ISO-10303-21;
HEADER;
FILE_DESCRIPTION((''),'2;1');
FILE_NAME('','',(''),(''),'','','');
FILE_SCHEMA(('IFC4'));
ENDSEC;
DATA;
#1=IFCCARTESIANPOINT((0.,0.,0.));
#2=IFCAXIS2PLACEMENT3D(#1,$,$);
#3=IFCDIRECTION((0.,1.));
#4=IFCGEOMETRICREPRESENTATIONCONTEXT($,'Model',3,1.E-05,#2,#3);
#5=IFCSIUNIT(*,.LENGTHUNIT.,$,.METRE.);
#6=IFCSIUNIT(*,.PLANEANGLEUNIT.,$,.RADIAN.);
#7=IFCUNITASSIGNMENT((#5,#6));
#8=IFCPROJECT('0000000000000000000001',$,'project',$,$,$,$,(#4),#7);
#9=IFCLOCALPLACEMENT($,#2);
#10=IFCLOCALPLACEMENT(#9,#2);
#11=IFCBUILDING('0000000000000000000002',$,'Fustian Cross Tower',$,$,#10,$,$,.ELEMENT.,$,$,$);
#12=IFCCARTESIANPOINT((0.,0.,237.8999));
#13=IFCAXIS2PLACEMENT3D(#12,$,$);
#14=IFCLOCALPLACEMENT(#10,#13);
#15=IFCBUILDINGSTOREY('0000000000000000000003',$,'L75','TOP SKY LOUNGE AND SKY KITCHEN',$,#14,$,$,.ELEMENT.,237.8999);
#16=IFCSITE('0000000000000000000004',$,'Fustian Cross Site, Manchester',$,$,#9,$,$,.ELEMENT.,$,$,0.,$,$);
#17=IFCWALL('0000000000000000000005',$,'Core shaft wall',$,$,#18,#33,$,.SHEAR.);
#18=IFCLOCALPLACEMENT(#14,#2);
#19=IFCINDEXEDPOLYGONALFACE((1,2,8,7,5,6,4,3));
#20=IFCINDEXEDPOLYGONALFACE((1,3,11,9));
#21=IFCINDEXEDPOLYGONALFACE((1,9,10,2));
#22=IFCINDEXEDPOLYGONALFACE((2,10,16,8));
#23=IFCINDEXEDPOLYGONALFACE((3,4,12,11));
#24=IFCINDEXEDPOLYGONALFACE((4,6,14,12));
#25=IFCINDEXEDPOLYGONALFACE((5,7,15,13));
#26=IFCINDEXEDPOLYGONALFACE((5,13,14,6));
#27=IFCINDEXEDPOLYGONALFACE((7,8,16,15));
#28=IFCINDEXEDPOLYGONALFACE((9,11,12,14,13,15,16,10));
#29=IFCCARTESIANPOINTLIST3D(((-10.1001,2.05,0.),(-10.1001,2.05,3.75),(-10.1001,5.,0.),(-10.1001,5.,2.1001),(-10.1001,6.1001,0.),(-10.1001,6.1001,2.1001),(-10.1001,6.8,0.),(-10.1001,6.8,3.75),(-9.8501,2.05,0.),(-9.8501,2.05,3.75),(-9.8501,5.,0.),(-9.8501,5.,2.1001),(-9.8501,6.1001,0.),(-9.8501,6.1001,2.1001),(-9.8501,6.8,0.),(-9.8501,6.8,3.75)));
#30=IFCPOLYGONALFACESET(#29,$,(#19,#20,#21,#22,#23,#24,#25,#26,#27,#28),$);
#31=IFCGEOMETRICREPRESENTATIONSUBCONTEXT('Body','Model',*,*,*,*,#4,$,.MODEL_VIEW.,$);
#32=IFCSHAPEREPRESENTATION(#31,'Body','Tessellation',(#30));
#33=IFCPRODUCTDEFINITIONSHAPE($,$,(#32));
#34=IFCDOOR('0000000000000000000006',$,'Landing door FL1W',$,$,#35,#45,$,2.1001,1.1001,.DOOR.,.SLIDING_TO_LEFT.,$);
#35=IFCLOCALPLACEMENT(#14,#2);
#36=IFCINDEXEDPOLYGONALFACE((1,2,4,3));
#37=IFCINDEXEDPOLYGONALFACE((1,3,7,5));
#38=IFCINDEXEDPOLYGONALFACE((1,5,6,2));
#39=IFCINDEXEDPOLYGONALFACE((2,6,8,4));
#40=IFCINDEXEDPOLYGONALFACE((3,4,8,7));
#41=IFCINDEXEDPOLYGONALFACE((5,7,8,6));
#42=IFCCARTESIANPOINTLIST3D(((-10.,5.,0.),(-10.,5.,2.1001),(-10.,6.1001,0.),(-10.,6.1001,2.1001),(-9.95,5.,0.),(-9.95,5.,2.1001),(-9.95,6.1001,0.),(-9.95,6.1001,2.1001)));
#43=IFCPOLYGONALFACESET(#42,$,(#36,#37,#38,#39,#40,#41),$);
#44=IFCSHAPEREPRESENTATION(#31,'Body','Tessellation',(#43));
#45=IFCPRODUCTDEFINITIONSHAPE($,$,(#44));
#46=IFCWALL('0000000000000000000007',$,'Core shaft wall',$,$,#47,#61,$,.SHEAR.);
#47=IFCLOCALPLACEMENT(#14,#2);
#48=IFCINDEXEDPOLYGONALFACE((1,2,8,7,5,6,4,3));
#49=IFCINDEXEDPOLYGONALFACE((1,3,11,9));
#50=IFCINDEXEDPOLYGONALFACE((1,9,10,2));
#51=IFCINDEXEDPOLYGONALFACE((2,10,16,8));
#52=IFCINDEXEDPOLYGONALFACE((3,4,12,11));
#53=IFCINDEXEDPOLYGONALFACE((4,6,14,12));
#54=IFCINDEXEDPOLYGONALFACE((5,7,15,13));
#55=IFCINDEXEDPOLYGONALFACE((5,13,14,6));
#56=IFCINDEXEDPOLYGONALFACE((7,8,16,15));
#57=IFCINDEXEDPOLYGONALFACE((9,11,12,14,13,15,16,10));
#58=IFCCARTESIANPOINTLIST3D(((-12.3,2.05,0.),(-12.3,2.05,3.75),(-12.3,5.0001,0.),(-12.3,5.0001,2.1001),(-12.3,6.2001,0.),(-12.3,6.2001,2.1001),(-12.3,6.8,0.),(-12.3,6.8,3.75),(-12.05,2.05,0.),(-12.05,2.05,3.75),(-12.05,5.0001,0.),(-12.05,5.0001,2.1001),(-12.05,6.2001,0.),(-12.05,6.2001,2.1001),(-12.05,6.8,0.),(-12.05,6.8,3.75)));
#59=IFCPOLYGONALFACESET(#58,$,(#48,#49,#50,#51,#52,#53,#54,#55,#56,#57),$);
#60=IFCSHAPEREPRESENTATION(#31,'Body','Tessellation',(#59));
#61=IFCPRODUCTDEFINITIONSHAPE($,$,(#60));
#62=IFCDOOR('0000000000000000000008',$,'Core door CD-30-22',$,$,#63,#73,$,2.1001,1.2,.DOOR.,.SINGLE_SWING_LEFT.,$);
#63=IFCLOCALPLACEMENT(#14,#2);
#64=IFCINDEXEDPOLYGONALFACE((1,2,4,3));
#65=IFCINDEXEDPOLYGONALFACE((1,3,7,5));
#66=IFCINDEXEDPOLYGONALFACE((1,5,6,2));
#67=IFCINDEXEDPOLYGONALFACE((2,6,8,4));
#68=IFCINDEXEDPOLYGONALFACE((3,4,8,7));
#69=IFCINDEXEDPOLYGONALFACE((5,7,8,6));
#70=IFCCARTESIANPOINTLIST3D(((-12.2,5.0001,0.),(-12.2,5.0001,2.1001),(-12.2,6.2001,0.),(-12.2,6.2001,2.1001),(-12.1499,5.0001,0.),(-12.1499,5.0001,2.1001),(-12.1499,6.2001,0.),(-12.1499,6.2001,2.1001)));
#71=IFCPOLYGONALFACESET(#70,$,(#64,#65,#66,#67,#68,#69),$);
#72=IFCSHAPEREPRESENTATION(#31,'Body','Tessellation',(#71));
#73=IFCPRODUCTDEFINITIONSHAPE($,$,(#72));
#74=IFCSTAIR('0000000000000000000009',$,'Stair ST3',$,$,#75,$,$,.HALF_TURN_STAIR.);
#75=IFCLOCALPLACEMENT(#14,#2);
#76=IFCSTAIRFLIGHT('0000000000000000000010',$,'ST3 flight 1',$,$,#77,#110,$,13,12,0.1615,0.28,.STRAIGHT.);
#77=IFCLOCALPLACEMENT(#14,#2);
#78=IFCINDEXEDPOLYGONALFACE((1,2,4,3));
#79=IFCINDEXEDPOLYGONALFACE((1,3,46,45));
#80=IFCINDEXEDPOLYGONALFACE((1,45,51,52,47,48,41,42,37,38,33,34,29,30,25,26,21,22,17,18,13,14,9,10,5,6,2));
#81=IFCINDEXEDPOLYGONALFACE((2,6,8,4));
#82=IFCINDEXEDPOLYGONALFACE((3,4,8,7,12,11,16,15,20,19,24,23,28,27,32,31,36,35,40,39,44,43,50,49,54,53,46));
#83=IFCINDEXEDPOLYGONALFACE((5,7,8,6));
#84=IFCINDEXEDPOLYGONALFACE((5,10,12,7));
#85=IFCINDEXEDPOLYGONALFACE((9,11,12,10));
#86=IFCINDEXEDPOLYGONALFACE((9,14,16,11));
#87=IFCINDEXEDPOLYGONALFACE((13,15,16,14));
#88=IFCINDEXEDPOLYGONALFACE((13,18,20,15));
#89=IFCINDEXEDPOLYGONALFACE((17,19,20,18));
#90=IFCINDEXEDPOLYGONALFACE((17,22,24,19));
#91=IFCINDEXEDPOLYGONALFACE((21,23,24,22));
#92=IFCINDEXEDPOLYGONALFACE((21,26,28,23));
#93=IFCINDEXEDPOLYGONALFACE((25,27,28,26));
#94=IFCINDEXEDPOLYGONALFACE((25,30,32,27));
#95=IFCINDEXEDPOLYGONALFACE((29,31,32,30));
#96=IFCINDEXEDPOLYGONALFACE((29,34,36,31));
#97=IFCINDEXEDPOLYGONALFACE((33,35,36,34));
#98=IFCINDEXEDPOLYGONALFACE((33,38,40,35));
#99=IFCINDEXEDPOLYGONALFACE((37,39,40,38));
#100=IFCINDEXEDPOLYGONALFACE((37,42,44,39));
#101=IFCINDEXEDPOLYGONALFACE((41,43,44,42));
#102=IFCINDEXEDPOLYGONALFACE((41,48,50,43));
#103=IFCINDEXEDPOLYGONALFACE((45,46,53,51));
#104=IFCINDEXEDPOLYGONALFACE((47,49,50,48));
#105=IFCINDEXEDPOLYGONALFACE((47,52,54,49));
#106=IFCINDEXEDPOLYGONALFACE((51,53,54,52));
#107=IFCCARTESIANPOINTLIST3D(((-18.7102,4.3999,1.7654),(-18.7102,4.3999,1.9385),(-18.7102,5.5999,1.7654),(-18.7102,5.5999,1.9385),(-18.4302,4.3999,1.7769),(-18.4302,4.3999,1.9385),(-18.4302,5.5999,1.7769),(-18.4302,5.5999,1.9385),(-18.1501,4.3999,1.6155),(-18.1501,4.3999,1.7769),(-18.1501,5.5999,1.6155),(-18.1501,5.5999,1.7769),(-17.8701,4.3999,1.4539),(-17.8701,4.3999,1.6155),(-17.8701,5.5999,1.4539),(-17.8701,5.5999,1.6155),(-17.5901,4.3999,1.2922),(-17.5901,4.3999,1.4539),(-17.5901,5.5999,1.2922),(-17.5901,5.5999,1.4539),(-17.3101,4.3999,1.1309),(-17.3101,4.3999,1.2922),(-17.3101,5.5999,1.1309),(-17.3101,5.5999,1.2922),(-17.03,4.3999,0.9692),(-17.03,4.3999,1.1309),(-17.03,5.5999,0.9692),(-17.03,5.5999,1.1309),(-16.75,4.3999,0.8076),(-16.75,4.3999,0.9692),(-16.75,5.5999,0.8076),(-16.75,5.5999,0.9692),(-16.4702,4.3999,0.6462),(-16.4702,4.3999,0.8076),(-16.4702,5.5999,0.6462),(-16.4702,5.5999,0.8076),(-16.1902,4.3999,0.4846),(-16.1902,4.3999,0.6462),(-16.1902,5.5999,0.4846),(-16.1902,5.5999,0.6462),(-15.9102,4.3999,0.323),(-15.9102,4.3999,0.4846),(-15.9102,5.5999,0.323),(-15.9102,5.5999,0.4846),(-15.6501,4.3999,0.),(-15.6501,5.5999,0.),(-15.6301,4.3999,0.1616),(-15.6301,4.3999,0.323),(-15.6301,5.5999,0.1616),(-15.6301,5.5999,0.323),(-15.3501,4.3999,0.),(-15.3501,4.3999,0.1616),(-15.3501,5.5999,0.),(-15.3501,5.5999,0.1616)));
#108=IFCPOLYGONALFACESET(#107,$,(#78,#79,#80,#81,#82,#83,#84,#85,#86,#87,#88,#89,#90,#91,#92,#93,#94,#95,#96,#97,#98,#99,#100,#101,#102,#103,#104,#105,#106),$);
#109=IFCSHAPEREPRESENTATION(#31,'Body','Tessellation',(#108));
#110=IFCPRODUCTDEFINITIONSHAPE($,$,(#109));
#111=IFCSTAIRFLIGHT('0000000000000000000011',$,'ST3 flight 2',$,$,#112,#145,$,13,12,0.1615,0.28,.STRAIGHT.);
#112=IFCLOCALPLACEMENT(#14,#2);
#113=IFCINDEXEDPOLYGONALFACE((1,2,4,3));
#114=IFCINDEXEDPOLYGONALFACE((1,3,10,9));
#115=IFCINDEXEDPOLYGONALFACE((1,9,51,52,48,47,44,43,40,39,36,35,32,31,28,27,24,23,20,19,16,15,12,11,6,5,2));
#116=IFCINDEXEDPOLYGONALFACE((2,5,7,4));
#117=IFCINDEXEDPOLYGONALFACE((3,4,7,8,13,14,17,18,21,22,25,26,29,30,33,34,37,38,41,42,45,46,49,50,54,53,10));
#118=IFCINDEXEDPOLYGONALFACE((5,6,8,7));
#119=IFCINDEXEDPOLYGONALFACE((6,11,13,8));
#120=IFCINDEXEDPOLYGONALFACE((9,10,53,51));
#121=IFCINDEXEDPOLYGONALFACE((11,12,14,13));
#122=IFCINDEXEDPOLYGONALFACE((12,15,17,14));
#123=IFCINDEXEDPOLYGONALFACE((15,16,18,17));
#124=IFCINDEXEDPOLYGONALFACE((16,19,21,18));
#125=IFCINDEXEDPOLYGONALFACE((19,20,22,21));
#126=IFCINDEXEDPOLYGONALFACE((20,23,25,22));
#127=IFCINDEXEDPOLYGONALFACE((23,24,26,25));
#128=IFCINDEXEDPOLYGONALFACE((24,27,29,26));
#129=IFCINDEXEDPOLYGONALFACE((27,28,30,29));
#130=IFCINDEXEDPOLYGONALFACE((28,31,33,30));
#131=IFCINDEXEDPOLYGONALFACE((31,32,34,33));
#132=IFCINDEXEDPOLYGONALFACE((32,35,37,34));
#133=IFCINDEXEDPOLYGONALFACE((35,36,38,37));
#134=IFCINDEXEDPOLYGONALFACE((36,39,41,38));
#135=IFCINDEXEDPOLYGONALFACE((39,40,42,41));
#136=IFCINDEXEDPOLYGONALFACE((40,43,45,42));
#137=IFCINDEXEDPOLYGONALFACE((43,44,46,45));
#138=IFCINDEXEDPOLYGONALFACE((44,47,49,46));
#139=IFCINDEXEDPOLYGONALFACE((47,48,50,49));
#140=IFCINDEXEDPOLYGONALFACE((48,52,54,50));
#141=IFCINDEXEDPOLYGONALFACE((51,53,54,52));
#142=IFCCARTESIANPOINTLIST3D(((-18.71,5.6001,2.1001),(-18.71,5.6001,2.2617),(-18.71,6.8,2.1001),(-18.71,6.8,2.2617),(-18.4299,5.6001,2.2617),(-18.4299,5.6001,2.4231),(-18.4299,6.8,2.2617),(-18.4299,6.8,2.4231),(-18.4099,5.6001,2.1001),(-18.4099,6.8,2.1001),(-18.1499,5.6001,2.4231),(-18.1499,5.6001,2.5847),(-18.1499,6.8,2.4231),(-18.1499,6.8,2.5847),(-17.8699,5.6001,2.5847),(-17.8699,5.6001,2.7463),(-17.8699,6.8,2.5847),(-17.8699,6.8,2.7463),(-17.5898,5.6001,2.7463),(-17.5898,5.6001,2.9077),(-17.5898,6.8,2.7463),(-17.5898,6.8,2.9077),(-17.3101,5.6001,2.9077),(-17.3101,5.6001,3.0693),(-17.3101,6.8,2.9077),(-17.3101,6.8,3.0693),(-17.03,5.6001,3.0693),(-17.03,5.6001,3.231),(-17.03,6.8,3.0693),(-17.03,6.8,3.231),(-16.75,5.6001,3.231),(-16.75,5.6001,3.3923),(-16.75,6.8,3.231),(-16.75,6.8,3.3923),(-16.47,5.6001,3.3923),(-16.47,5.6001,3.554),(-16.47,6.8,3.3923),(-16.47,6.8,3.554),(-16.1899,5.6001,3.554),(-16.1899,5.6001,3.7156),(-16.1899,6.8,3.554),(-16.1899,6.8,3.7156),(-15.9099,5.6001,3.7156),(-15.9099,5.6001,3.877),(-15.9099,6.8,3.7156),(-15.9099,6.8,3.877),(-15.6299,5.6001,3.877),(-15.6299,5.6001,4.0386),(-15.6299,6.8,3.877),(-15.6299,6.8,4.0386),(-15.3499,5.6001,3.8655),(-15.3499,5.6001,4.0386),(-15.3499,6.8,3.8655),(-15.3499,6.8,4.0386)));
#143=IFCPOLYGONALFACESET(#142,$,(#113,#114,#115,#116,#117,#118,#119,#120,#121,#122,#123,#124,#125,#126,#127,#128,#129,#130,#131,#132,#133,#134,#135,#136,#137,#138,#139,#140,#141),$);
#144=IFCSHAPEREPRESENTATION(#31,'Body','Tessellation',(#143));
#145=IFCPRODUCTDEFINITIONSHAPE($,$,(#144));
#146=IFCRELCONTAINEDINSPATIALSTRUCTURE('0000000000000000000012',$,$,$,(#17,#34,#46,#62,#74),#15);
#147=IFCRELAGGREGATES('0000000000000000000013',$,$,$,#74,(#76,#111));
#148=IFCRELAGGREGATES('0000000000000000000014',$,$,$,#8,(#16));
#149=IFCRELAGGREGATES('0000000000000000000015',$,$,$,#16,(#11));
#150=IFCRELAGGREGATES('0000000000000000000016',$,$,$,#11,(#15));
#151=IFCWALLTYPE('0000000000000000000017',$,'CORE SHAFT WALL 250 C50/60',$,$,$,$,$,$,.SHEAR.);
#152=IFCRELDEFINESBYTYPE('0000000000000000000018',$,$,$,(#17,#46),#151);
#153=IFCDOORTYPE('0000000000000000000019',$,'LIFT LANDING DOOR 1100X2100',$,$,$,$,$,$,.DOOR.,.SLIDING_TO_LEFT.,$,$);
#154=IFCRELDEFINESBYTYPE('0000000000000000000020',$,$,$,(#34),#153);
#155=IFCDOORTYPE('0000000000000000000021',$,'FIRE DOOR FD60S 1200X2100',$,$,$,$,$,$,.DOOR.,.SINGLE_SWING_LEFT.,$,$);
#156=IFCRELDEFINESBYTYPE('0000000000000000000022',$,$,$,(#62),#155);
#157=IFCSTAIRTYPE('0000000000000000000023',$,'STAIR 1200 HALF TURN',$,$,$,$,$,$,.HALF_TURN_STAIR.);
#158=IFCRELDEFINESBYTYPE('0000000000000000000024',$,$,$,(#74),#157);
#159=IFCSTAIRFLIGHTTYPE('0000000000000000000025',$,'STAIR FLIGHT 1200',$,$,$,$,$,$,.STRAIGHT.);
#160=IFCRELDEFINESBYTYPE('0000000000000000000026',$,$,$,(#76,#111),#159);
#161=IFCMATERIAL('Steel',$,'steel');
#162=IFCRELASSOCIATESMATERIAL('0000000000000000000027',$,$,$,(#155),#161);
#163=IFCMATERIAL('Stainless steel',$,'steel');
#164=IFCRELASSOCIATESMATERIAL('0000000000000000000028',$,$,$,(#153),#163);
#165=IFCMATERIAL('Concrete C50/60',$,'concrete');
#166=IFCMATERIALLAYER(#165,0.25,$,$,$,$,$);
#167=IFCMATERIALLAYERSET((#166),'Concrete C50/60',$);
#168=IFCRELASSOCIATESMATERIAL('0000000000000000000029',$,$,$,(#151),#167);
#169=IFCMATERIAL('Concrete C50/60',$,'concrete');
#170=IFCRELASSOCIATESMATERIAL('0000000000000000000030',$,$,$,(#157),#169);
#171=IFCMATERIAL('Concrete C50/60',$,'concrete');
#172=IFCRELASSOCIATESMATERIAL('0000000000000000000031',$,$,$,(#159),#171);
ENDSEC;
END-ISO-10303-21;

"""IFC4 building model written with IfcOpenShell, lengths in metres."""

from ifc_helpers import new_model, si_unit, direction, frame, frame_2d, origin, place, context, subcontext, project, spatial, polyline, rectangle, outline, extrude, material, layer, layer_set, type_object, element, fill, aggregate, save


model = new_model("IFC4")

# Units and contexts
model_context = context("Model", 3, precision=1e-05, world=origin(), true_north=direction((0.0, 1.0)))
body_context = subcontext(model_context, "Body", "Model", "MODEL_VIEW")
ifc_project = project(units=[si_unit("LENGTHUNIT", "METRE"), si_unit("PLANEANGLEUNIT", "RADIAN")], contexts=[model_context])

# Site, building, storey
site_placement = place(None, origin())
site = spatial("IfcSite", under=ifc_project, at=site_placement, Name="Fustian Cross Site, Manchester", CompositionType="ELEMENT", RefElevation=0.0)
building_placement = place(site_placement, origin())
building = spatial("IfcBuilding", under=site, at=building_placement, Name="Fustian Cross Tower", CompositionType="ELEMENT")
storey_placement = place(building_placement, frame((0.0, 0.0, 237.8999)))
storey = spatial("IfcBuildingStorey", under=building, at=storey_placement, Name="L75", Description="TOP SKY LOUNGE AND SKY KITCHEN", CompositionType="ELEMENT", Elevation=237.8999)

# Shared definitions
ifc_material_1 = material(Name="Steel", Category="steel")
door_type_1 = type_object("IfcDoorType", Name="FIRE DOOR FD60S 1200X2100", OperationType="SINGLE_SWING_LEFT", PredefinedType="DOOR", material=ifc_material_1)
ifc_material_2 = material(Name="Stainless steel", Category="steel")
door_type_2 = type_object("IfcDoorType", Name="LIFT LANDING DOOR 1100X2100", OperationType="SLIDING_TO_LEFT", PredefinedType="DOOR", material=ifc_material_2)

# Shared definitions
ifc_material_3 = material(Name="Concrete C50/60", Category="concrete")
ifc_layer_1 = layer(ifc_material_3, 0.25)
ifc_layer_set_1 = layer_set([ifc_layer_1], Name="Concrete C50/60")
wall_type_1 = type_object("IfcWallType", Name="CORE SHAFT WALL 250 C50/60", PredefinedType="SHEAR", material=ifc_layer_set_1)

# Walls, openings, doors
wall_1_placement = place(storey_placement, frame((-9.9751, 2.05, 0.0), z_axis=(0.0, 0.0, 1.0), x_axis=(0.0, 1.0, 0.0)))
wall_1 = element("IfcWall", 1, at=wall_1_placement, inside=storey, type_object=wall_type_1, Name="Core shaft wall", PredefinedType="SHEAR", context=body_context, shape_type="SweptSolid", body=[
    extrude(rectangle(XDim=4.75, YDim=0.25, at=frame_2d((2.375, 0.0))), origin(), (0.0, 0.0, 1.0), 3.75),
])
opening_1_placement = place(wall_1_placement, frame((2.95, 0.0, 0.0)))
opening_1 = element("IfcOpeningElement", 2, at=opening_1_placement, cuts=wall_1, PredefinedType="OPENING", context=body_context, shape_type="SweptSolid", body=[
    extrude(rectangle(XDim=1.1001, YDim=2.1001, at=frame_2d((0.55, 1.05))), frame((0.0, 0.135, 0.0), z_axis=(0.0, -1.0, 0.0), x_axis=(1.0, 0.0, 0.0)), (0.0, 0.0, 1.0), 0.27),
])
door_1_placement = place(opening_1_placement, origin())
door_1 = element("IfcDoor", 3, at=door_1_placement, inside=storey, type_object=door_type_2, Name="Landing door FL1W", OperationType="SLIDING_TO_LEFT", OverallHeight=2.1001, OverallWidth=1.1001, PredefinedType="DOOR", context=body_context, shape_type="SweptSolid", body=[
    extrude(rectangle(XDim=1.1001, YDim=2.1001, at=frame_2d((0.55, 1.05))), frame((0.0, 0.0249, 0.0), z_axis=(0.0, -1.0, 0.0), x_axis=(1.0, 0.0, 0.0)), (0.0, 0.0, 1.0), 0.05),
])
fill(opening_1, door_1)
wall_2_placement = place(storey_placement, frame((-12.175, 2.05, 0.0), z_axis=(0.0, 0.0, 1.0), x_axis=(0.0, 1.0, 0.0)))
wall_2 = element("IfcWall", 4, at=wall_2_placement, inside=storey, type_object=wall_type_1, Name="Core shaft wall", PredefinedType="SHEAR", context=body_context, shape_type="SweptSolid", body=[
    extrude(rectangle(XDim=4.75, YDim=0.25, at=frame_2d((2.375, 0.0))), origin(), (0.0, 0.0, 1.0), 3.75),
])
opening_2_placement = place(wall_2_placement, frame((2.95, 0.0, 0.0)))
opening_2 = element("IfcOpeningElement", 5, at=opening_2_placement, cuts=wall_2, PredefinedType="OPENING", context=body_context, shape_type="SweptSolid", body=[
    extrude(rectangle(XDim=1.2, YDim=2.1001, at=frame_2d((0.6001, 1.05))), frame((0.0, 0.135, 0.0), z_axis=(0.0, -1.0, 0.0), x_axis=(1.0, 0.0, 0.0)), (0.0, 0.0, 1.0), 0.27),
])
door_2_placement = place(opening_2_placement, origin())
door_2 = element("IfcDoor", 6, at=door_2_placement, inside=storey, type_object=door_type_1, Name="Core door CD-30-22", OperationType="SINGLE_SWING_LEFT", OverallHeight=2.1001, OverallWidth=1.2, PredefinedType="DOOR", context=body_context, shape_type="SweptSolid", body=[
    extrude(rectangle(XDim=1.2, YDim=2.1001, at=frame_2d((0.6001, 1.05))), frame((0.0, 0.0249, 0.0), z_axis=(0.0, -1.0, 0.0), x_axis=(1.0, 0.0, 0.0)), (0.0, 0.0, 1.0), 0.05),
])
fill(opening_2, door_2)

# Stair, stair flights
ifc_material_4 = material(Name="Concrete C50/60", Category="concrete")
stair_type = type_object("IfcStairType", Name="STAIR 1200 HALF TURN", PredefinedType="HALF_TURN_STAIR", material=ifc_material_4)
stair_placement = place(storey_placement, origin())
stair = element("IfcStair", 7, at=stair_placement, inside=storey, type_object=stair_type, Name="Stair ST3", PredefinedType="HALF_TURN_STAIR")
ifc_material_5 = material(Name="Concrete C50/60", Category="concrete")
stair_flight_type = type_object("IfcStairFlightType", Name="STAIR FLIGHT 1200", PredefinedType="STRAIGHT", material=ifc_material_5)
stair_flight_1_placement = place(storey_placement, frame((-15.3501, 5.0, 0.0), z_axis=(0.0, 0.0, 1.0), x_axis=(-1.0, 0.0, 0.0)))
stair_flight_1 = element("IfcStairFlight", 8, at=stair_flight_1_placement, type_object=stair_flight_type, Name="ST3 flight 1", NumberOfRisers=13, NumberOfTreads=12, PredefinedType="STRAIGHT", RiserHeight=0.1615, TreadLength=0.28, context=body_context, shape_type="SweptSolid", body=[
    extrude(outline(polyline([(0.0, 0.0), (0.0, 0.1616), (0.28, 0.1616), (0.28, 0.323), (0.5601, 0.323), (0.5601, 0.4846), (0.8401, 0.4846), (0.8401, 0.6462), (1.1201, 0.6462), (1.1201, 0.8076), (1.3999, 0.8076), (1.3999, 0.9692), (1.6799, 0.9692), (1.6799, 1.1309), (1.96, 1.1309), (1.96, 1.2922), (2.24, 1.2922), (2.24, 1.4539), (2.52, 1.4539), (2.52, 1.6155), (2.8, 1.6155), (2.8, 1.7769), (3.0801, 1.7769), (3.0801, 1.9385), (3.3601, 1.9385), (3.3601, 2.1001), (3.3601, 1.7654), (0.3, 0.0), (0.0, 0.0)])), frame((0.0, 0.6001, 0.0), z_axis=(0.0, -1.0, 0.0), x_axis=(1.0, 0.0, 0.0)), (0.0, 0.0, 1.0), 1.2),
])
stair_flight_2_placement = place(storey_placement, frame((-18.71, 6.2, 2.1001), z_axis=(0.0, 0.0, 1.0), x_axis=(1.0, 0.0, 0.0)))
stair_flight_2 = element("IfcStairFlight", 9, at=stair_flight_2_placement, type_object=stair_flight_type, Name="ST3 flight 2", NumberOfRisers=13, NumberOfTreads=12, PredefinedType="STRAIGHT", RiserHeight=0.1615, TreadLength=0.28, context=body_context, shape_type="SweptSolid", body=[
    extrude(outline(polyline([(0.0, 0.0), (0.0, 0.1616), (0.28, 0.1616), (0.28, 0.323), (0.5601, 0.323), (0.5601, 0.4846), (0.8401, 0.4846), (0.8401, 0.6462), (1.1201, 0.6462), (1.1201, 0.8076), (1.3999, 0.8076), (1.3999, 0.9692), (1.6799, 0.9692), (1.6799, 1.1309), (1.96, 1.1309), (1.96, 1.2922), (2.24, 1.2922), (2.24, 1.4539), (2.52, 1.4539), (2.52, 1.6155), (2.8, 1.6155), (2.8, 1.7769), (3.0801, 1.7769), (3.0801, 1.9385), (3.3601, 1.9385), (3.3601, 2.1001), (3.3601, 1.7654), (0.3, 0.0), (0.0, 0.0)])), frame((0.0, 0.6001, 0.0), z_axis=(0.0, -1.0, 0.0), x_axis=(1.0, 0.0, 0.0)), (0.0, 0.0, 1.0), 1.2),
])
aggregate(stair, [stair_flight_1, stair_flight_2])

save(model, "model.ifc")
